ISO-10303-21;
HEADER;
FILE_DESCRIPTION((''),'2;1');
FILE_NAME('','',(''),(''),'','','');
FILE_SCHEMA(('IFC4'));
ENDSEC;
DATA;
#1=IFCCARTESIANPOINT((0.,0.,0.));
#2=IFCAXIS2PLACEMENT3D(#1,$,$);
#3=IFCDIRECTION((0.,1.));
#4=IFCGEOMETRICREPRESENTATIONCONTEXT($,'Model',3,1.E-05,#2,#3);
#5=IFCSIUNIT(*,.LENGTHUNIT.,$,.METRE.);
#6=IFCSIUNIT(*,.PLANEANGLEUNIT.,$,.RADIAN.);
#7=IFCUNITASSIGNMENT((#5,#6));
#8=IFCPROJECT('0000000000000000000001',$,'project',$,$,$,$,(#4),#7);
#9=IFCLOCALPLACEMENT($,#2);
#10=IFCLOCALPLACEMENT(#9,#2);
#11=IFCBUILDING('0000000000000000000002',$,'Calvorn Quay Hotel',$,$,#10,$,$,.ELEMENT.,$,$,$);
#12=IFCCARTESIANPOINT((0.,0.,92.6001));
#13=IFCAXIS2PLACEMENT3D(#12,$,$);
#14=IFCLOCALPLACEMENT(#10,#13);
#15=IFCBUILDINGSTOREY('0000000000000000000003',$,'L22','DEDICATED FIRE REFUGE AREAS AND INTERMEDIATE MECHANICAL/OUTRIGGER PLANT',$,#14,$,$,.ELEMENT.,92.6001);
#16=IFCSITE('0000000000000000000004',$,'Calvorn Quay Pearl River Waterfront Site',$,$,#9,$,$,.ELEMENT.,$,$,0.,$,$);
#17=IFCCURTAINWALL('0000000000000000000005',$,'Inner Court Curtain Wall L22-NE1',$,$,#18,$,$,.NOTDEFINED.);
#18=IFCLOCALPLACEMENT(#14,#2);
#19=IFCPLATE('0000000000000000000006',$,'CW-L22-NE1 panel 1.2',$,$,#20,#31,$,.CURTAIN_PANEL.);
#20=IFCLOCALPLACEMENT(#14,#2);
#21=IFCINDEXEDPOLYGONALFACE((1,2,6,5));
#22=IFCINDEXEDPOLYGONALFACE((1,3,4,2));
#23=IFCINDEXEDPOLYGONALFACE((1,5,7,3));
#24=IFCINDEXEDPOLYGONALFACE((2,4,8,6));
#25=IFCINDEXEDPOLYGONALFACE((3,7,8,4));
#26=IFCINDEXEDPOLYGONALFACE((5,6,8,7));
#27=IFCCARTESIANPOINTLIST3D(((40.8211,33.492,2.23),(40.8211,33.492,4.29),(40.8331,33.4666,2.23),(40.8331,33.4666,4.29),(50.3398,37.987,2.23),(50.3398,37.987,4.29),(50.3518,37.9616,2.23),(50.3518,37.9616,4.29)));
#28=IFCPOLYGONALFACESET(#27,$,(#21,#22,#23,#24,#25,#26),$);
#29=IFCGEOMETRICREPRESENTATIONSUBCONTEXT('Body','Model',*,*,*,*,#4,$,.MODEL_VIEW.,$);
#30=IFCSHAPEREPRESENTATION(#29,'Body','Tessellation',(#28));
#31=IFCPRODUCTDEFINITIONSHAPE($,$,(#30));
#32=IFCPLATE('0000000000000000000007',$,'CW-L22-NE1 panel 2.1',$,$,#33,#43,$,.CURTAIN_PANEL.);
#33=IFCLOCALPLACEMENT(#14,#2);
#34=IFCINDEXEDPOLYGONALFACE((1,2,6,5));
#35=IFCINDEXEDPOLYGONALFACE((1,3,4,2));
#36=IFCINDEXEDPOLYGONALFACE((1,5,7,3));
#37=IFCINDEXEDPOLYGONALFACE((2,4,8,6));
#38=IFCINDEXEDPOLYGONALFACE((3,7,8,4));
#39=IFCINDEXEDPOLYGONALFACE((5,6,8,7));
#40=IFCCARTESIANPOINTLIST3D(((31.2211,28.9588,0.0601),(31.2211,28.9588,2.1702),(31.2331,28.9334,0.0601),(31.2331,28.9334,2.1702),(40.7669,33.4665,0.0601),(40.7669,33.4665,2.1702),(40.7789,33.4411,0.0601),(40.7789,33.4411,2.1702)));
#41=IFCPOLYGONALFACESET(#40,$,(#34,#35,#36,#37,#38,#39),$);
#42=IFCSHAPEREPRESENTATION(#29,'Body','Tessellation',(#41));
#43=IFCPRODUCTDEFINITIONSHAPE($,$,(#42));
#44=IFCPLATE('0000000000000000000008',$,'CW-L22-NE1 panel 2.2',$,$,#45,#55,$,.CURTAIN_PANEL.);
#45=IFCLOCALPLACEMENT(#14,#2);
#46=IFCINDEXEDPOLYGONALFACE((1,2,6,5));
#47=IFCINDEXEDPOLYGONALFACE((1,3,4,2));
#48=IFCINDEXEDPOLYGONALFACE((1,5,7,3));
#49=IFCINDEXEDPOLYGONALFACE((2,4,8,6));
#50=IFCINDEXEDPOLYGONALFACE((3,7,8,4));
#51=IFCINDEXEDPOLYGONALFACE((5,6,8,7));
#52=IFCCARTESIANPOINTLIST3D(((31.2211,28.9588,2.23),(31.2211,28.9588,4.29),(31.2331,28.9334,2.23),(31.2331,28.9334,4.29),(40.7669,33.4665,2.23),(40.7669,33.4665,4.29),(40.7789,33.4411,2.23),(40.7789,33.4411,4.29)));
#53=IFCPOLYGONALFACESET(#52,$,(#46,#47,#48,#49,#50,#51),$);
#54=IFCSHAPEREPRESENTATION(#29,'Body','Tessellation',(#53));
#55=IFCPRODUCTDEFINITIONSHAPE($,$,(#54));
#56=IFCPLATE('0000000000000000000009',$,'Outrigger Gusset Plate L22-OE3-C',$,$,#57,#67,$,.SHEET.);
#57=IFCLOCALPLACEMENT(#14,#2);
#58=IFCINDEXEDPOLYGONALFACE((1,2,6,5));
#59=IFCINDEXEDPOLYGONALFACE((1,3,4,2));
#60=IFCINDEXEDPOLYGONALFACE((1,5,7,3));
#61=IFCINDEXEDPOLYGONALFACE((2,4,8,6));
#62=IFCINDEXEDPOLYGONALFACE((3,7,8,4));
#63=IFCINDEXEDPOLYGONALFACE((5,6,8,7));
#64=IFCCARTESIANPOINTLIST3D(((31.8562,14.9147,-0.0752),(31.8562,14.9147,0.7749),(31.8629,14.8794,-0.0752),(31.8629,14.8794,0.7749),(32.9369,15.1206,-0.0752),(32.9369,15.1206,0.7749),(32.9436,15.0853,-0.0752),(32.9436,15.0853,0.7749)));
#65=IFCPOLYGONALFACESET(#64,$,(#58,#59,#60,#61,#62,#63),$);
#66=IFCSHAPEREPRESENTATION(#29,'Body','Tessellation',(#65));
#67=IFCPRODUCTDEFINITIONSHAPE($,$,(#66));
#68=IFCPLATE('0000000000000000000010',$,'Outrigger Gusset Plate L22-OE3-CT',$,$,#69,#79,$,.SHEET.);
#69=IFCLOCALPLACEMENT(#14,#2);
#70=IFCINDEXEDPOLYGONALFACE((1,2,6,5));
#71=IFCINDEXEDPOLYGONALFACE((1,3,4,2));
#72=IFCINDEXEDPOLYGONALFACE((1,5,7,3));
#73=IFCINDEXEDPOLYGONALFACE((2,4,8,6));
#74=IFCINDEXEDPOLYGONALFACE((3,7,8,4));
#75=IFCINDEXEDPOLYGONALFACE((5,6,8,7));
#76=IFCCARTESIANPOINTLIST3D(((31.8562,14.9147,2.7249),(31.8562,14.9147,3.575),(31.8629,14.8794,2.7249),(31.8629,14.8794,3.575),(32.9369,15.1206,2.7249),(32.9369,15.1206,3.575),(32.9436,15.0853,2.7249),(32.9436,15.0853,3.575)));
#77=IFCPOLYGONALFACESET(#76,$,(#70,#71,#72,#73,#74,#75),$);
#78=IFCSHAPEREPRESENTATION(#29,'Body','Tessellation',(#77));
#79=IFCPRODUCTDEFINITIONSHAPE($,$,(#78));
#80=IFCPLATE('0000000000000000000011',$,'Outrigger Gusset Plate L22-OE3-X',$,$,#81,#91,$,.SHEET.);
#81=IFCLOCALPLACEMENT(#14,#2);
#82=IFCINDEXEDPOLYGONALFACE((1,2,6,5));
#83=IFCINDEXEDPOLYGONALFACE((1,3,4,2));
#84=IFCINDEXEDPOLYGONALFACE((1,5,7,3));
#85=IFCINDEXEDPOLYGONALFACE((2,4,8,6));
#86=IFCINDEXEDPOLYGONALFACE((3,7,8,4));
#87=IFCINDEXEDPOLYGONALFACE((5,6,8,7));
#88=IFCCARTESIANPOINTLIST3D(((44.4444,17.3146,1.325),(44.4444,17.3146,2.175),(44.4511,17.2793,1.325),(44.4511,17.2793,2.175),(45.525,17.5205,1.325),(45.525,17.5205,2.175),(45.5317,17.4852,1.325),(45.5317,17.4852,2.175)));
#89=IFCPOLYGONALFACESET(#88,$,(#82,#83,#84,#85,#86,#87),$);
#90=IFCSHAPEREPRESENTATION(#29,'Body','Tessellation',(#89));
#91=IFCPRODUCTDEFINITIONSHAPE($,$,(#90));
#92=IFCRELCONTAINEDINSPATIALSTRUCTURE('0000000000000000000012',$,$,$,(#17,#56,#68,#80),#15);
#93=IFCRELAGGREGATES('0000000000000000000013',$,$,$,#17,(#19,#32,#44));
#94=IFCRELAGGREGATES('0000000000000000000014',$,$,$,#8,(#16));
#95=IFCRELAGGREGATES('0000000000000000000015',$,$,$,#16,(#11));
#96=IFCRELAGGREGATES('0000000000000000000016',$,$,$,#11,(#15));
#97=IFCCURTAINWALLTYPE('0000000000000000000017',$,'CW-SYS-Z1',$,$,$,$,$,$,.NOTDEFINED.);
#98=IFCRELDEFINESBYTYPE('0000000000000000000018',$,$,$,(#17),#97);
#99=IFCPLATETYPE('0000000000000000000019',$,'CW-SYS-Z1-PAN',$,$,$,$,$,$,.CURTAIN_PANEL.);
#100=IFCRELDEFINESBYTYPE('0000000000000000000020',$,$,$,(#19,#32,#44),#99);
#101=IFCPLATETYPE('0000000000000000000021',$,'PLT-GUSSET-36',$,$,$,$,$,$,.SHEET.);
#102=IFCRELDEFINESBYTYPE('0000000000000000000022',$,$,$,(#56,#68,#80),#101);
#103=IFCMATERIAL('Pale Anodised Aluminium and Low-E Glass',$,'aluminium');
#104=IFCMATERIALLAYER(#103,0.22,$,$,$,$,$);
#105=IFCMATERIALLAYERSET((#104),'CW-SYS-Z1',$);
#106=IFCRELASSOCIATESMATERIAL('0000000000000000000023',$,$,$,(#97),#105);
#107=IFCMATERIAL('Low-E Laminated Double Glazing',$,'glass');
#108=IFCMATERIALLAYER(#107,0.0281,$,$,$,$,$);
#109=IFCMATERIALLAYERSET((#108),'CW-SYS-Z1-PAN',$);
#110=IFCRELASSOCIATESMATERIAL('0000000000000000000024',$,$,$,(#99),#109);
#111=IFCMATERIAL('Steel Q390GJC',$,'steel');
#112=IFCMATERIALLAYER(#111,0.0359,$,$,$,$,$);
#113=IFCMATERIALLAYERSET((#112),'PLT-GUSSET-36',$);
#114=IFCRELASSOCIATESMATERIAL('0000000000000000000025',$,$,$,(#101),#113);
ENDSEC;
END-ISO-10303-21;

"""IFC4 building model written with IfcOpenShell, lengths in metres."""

from ifc_helpers import new_model, si_unit, direction, frame, origin, origin_2d, place, context, subcontext, project, spatial, rectangle, extrude, material, layer, layer_set, type_object, element, aggregate, save


model = new_model("IFC4")

# Units and contexts
model_context = context("Model", 3, precision=1e-05, world=origin(), true_north=direction((0.0, 1.0)))
body_context = subcontext(model_context, "Body", "Model", "MODEL_VIEW")
ifc_project = project(units=[si_unit("LENGTHUNIT", "METRE"), si_unit("PLANEANGLEUNIT", "RADIAN")], contexts=[model_context])

# Site, building, storey
site_placement = place(None, origin())
site = spatial("IfcSite", under=ifc_project, at=site_placement, Name="Calvorn Quay Pearl River Waterfront Site", CompositionType="ELEMENT", RefElevation=0.0)
building_placement = place(site_placement, origin())
building = spatial("IfcBuilding", under=site, at=building_placement, Name="Calvorn Quay Hotel", CompositionType="ELEMENT")
storey_placement = place(building_placement, frame((0.0, 0.0, 92.6001)))
storey = spatial("IfcBuildingStorey", under=building, at=storey_placement, Name="L22", Description="DEDICATED FIRE REFUGE AREAS AND INTERMEDIATE MECHANICAL/OUTRIGGER PLANT", CompositionType="ELEMENT", Elevation=92.6001)

# Curtain wall
ifc_material_1 = material(Name="Pale Anodised Aluminium and Low-E Glass", Category="aluminium")
ifc_layer_1 = layer(ifc_material_1, 0.22)
ifc_layer_set_1 = layer_set([ifc_layer_1], Name="CW-SYS-Z1")
curtain_wall_type = type_object("IfcCurtainWallType", Name="CW-SYS-Z1", PredefinedType="NOTDEFINED", material=ifc_layer_set_1)
curtain_wall_placement = place(storey_placement, origin())
curtain_wall = element("IfcCurtainWall", 1, at=curtain_wall_placement, inside=storey, type_object=curtain_wall_type, Name="Inner Court Curtain Wall L22-NE1", PredefinedType="NOTDEFINED")

# Plates
ifc_material_2 = material(Name="Low-E Laminated Double Glazing", Category="glass")
ifc_layer_2 = layer(ifc_material_2, 0.0281)
ifc_layer_set_2 = layer_set([ifc_layer_2], Name="CW-SYS-Z1-PAN")
plate_type_1 = type_object("IfcPlateType", Name="CW-SYS-Z1-PAN", PredefinedType="CURTAIN_PANEL", material=ifc_layer_set_2)
plate_1_placement = place(storey_placement, frame((45.5864, 35.7268, 2.23), z_axis=(0.0, 0.0, 1.0), x_axis=(-0.904249, -0.427006, 0.0)))
plate_1 = element("IfcPlate", 2, at=plate_1_placement, type_object=plate_type_1, Name="CW-L22-NE1 panel 1.2", PredefinedType="CURTAIN_PANEL", context=body_context, shape_type="SweptSolid", body=[
    extrude(rectangle(XDim=10.5266, YDim=0.0281, at=origin_2d()), origin(), (0.0, 0.0, 1.0), 2.0601),
])
plate_2_placement = place(storey_placement, frame((36.0, 31.2, 0.0601), z_axis=(0.0, 0.0, 1.0), x_axis=(-0.904249, -0.427006, 0.0)))
plate_2 = element("IfcPlate", 3, at=plate_2_placement, type_object=plate_type_1, Name="CW-L22-NE1 panel 2.1", PredefinedType="CURTAIN_PANEL", context=body_context, shape_type="SweptSolid", body=[
    extrude(rectangle(XDim=10.5566, YDim=0.0281, at=origin_2d()), origin(), (0.0, 0.0, 1.0), 2.1101),
])
plate_3_placement = place(storey_placement, frame((36.0, 31.2, 2.23), z_axis=(0.0, 0.0, 1.0), x_axis=(-0.904249, -0.427006, 0.0)))
plate_3 = element("IfcPlate", 4, at=plate_3_placement, type_object=plate_type_1, Name="CW-L22-NE1 panel 2.2", PredefinedType="CURTAIN_PANEL", context=body_context, shape_type="SweptSolid", body=[
    extrude(rectangle(XDim=10.5566, YDim=0.0281, at=origin_2d()), origin(), (0.0, 0.0, 1.0), 2.0601),
])
aggregate(curtain_wall, [plate_1, plate_2, plate_3])

# Plates
ifc_material_3 = material(Name="Steel Q390GJC", Category="steel")
ifc_layer_3 = layer(ifc_material_3, 0.0359)
ifc_layer_set_3 = layer_set([ifc_layer_3], Name="PLT-GUSSET-36")
plate_type_2 = type_object("IfcPlateType", Name="PLT-GUSSET-36", PredefinedType="SHEET", material=ifc_layer_set_3)
for number, where, z_axis, x_axis, name in (
    (5, (32.3999, 15.0, -0.0752), (0.0, 0.0, 1.0), (0.98232, 0.18721, 0.0), "Outrigger Gusset Plate L22-OE3-C"),
    (6, (32.3999, 15.0, 2.7249), (0.0, 0.0, 1.0), (0.98232, 0.18721, 0.0), "Outrigger Gusset Plate L22-OE3-CT"),
    (7, (44.988, 17.3999, 1.325), (0.0, 0.0, 1.0), (0.98232, 0.18721, 0.0), "Outrigger Gusset Plate L22-OE3-X"),
):
    element("IfcPlate", number, at=place(storey_placement, frame(where, z_axis=z_axis, x_axis=x_axis)), inside=storey, type_object=plate_type_2, Name=name, PredefinedType="SHEET", context=body_context, shape_type="SweptSolid", body=[
        extrude(rectangle(XDim=1.1001, YDim=0.0359, at=origin_2d()), origin(), (0.0, 0.0, 1.0), 0.8501),
    ])

save(model, "model.ifc")
